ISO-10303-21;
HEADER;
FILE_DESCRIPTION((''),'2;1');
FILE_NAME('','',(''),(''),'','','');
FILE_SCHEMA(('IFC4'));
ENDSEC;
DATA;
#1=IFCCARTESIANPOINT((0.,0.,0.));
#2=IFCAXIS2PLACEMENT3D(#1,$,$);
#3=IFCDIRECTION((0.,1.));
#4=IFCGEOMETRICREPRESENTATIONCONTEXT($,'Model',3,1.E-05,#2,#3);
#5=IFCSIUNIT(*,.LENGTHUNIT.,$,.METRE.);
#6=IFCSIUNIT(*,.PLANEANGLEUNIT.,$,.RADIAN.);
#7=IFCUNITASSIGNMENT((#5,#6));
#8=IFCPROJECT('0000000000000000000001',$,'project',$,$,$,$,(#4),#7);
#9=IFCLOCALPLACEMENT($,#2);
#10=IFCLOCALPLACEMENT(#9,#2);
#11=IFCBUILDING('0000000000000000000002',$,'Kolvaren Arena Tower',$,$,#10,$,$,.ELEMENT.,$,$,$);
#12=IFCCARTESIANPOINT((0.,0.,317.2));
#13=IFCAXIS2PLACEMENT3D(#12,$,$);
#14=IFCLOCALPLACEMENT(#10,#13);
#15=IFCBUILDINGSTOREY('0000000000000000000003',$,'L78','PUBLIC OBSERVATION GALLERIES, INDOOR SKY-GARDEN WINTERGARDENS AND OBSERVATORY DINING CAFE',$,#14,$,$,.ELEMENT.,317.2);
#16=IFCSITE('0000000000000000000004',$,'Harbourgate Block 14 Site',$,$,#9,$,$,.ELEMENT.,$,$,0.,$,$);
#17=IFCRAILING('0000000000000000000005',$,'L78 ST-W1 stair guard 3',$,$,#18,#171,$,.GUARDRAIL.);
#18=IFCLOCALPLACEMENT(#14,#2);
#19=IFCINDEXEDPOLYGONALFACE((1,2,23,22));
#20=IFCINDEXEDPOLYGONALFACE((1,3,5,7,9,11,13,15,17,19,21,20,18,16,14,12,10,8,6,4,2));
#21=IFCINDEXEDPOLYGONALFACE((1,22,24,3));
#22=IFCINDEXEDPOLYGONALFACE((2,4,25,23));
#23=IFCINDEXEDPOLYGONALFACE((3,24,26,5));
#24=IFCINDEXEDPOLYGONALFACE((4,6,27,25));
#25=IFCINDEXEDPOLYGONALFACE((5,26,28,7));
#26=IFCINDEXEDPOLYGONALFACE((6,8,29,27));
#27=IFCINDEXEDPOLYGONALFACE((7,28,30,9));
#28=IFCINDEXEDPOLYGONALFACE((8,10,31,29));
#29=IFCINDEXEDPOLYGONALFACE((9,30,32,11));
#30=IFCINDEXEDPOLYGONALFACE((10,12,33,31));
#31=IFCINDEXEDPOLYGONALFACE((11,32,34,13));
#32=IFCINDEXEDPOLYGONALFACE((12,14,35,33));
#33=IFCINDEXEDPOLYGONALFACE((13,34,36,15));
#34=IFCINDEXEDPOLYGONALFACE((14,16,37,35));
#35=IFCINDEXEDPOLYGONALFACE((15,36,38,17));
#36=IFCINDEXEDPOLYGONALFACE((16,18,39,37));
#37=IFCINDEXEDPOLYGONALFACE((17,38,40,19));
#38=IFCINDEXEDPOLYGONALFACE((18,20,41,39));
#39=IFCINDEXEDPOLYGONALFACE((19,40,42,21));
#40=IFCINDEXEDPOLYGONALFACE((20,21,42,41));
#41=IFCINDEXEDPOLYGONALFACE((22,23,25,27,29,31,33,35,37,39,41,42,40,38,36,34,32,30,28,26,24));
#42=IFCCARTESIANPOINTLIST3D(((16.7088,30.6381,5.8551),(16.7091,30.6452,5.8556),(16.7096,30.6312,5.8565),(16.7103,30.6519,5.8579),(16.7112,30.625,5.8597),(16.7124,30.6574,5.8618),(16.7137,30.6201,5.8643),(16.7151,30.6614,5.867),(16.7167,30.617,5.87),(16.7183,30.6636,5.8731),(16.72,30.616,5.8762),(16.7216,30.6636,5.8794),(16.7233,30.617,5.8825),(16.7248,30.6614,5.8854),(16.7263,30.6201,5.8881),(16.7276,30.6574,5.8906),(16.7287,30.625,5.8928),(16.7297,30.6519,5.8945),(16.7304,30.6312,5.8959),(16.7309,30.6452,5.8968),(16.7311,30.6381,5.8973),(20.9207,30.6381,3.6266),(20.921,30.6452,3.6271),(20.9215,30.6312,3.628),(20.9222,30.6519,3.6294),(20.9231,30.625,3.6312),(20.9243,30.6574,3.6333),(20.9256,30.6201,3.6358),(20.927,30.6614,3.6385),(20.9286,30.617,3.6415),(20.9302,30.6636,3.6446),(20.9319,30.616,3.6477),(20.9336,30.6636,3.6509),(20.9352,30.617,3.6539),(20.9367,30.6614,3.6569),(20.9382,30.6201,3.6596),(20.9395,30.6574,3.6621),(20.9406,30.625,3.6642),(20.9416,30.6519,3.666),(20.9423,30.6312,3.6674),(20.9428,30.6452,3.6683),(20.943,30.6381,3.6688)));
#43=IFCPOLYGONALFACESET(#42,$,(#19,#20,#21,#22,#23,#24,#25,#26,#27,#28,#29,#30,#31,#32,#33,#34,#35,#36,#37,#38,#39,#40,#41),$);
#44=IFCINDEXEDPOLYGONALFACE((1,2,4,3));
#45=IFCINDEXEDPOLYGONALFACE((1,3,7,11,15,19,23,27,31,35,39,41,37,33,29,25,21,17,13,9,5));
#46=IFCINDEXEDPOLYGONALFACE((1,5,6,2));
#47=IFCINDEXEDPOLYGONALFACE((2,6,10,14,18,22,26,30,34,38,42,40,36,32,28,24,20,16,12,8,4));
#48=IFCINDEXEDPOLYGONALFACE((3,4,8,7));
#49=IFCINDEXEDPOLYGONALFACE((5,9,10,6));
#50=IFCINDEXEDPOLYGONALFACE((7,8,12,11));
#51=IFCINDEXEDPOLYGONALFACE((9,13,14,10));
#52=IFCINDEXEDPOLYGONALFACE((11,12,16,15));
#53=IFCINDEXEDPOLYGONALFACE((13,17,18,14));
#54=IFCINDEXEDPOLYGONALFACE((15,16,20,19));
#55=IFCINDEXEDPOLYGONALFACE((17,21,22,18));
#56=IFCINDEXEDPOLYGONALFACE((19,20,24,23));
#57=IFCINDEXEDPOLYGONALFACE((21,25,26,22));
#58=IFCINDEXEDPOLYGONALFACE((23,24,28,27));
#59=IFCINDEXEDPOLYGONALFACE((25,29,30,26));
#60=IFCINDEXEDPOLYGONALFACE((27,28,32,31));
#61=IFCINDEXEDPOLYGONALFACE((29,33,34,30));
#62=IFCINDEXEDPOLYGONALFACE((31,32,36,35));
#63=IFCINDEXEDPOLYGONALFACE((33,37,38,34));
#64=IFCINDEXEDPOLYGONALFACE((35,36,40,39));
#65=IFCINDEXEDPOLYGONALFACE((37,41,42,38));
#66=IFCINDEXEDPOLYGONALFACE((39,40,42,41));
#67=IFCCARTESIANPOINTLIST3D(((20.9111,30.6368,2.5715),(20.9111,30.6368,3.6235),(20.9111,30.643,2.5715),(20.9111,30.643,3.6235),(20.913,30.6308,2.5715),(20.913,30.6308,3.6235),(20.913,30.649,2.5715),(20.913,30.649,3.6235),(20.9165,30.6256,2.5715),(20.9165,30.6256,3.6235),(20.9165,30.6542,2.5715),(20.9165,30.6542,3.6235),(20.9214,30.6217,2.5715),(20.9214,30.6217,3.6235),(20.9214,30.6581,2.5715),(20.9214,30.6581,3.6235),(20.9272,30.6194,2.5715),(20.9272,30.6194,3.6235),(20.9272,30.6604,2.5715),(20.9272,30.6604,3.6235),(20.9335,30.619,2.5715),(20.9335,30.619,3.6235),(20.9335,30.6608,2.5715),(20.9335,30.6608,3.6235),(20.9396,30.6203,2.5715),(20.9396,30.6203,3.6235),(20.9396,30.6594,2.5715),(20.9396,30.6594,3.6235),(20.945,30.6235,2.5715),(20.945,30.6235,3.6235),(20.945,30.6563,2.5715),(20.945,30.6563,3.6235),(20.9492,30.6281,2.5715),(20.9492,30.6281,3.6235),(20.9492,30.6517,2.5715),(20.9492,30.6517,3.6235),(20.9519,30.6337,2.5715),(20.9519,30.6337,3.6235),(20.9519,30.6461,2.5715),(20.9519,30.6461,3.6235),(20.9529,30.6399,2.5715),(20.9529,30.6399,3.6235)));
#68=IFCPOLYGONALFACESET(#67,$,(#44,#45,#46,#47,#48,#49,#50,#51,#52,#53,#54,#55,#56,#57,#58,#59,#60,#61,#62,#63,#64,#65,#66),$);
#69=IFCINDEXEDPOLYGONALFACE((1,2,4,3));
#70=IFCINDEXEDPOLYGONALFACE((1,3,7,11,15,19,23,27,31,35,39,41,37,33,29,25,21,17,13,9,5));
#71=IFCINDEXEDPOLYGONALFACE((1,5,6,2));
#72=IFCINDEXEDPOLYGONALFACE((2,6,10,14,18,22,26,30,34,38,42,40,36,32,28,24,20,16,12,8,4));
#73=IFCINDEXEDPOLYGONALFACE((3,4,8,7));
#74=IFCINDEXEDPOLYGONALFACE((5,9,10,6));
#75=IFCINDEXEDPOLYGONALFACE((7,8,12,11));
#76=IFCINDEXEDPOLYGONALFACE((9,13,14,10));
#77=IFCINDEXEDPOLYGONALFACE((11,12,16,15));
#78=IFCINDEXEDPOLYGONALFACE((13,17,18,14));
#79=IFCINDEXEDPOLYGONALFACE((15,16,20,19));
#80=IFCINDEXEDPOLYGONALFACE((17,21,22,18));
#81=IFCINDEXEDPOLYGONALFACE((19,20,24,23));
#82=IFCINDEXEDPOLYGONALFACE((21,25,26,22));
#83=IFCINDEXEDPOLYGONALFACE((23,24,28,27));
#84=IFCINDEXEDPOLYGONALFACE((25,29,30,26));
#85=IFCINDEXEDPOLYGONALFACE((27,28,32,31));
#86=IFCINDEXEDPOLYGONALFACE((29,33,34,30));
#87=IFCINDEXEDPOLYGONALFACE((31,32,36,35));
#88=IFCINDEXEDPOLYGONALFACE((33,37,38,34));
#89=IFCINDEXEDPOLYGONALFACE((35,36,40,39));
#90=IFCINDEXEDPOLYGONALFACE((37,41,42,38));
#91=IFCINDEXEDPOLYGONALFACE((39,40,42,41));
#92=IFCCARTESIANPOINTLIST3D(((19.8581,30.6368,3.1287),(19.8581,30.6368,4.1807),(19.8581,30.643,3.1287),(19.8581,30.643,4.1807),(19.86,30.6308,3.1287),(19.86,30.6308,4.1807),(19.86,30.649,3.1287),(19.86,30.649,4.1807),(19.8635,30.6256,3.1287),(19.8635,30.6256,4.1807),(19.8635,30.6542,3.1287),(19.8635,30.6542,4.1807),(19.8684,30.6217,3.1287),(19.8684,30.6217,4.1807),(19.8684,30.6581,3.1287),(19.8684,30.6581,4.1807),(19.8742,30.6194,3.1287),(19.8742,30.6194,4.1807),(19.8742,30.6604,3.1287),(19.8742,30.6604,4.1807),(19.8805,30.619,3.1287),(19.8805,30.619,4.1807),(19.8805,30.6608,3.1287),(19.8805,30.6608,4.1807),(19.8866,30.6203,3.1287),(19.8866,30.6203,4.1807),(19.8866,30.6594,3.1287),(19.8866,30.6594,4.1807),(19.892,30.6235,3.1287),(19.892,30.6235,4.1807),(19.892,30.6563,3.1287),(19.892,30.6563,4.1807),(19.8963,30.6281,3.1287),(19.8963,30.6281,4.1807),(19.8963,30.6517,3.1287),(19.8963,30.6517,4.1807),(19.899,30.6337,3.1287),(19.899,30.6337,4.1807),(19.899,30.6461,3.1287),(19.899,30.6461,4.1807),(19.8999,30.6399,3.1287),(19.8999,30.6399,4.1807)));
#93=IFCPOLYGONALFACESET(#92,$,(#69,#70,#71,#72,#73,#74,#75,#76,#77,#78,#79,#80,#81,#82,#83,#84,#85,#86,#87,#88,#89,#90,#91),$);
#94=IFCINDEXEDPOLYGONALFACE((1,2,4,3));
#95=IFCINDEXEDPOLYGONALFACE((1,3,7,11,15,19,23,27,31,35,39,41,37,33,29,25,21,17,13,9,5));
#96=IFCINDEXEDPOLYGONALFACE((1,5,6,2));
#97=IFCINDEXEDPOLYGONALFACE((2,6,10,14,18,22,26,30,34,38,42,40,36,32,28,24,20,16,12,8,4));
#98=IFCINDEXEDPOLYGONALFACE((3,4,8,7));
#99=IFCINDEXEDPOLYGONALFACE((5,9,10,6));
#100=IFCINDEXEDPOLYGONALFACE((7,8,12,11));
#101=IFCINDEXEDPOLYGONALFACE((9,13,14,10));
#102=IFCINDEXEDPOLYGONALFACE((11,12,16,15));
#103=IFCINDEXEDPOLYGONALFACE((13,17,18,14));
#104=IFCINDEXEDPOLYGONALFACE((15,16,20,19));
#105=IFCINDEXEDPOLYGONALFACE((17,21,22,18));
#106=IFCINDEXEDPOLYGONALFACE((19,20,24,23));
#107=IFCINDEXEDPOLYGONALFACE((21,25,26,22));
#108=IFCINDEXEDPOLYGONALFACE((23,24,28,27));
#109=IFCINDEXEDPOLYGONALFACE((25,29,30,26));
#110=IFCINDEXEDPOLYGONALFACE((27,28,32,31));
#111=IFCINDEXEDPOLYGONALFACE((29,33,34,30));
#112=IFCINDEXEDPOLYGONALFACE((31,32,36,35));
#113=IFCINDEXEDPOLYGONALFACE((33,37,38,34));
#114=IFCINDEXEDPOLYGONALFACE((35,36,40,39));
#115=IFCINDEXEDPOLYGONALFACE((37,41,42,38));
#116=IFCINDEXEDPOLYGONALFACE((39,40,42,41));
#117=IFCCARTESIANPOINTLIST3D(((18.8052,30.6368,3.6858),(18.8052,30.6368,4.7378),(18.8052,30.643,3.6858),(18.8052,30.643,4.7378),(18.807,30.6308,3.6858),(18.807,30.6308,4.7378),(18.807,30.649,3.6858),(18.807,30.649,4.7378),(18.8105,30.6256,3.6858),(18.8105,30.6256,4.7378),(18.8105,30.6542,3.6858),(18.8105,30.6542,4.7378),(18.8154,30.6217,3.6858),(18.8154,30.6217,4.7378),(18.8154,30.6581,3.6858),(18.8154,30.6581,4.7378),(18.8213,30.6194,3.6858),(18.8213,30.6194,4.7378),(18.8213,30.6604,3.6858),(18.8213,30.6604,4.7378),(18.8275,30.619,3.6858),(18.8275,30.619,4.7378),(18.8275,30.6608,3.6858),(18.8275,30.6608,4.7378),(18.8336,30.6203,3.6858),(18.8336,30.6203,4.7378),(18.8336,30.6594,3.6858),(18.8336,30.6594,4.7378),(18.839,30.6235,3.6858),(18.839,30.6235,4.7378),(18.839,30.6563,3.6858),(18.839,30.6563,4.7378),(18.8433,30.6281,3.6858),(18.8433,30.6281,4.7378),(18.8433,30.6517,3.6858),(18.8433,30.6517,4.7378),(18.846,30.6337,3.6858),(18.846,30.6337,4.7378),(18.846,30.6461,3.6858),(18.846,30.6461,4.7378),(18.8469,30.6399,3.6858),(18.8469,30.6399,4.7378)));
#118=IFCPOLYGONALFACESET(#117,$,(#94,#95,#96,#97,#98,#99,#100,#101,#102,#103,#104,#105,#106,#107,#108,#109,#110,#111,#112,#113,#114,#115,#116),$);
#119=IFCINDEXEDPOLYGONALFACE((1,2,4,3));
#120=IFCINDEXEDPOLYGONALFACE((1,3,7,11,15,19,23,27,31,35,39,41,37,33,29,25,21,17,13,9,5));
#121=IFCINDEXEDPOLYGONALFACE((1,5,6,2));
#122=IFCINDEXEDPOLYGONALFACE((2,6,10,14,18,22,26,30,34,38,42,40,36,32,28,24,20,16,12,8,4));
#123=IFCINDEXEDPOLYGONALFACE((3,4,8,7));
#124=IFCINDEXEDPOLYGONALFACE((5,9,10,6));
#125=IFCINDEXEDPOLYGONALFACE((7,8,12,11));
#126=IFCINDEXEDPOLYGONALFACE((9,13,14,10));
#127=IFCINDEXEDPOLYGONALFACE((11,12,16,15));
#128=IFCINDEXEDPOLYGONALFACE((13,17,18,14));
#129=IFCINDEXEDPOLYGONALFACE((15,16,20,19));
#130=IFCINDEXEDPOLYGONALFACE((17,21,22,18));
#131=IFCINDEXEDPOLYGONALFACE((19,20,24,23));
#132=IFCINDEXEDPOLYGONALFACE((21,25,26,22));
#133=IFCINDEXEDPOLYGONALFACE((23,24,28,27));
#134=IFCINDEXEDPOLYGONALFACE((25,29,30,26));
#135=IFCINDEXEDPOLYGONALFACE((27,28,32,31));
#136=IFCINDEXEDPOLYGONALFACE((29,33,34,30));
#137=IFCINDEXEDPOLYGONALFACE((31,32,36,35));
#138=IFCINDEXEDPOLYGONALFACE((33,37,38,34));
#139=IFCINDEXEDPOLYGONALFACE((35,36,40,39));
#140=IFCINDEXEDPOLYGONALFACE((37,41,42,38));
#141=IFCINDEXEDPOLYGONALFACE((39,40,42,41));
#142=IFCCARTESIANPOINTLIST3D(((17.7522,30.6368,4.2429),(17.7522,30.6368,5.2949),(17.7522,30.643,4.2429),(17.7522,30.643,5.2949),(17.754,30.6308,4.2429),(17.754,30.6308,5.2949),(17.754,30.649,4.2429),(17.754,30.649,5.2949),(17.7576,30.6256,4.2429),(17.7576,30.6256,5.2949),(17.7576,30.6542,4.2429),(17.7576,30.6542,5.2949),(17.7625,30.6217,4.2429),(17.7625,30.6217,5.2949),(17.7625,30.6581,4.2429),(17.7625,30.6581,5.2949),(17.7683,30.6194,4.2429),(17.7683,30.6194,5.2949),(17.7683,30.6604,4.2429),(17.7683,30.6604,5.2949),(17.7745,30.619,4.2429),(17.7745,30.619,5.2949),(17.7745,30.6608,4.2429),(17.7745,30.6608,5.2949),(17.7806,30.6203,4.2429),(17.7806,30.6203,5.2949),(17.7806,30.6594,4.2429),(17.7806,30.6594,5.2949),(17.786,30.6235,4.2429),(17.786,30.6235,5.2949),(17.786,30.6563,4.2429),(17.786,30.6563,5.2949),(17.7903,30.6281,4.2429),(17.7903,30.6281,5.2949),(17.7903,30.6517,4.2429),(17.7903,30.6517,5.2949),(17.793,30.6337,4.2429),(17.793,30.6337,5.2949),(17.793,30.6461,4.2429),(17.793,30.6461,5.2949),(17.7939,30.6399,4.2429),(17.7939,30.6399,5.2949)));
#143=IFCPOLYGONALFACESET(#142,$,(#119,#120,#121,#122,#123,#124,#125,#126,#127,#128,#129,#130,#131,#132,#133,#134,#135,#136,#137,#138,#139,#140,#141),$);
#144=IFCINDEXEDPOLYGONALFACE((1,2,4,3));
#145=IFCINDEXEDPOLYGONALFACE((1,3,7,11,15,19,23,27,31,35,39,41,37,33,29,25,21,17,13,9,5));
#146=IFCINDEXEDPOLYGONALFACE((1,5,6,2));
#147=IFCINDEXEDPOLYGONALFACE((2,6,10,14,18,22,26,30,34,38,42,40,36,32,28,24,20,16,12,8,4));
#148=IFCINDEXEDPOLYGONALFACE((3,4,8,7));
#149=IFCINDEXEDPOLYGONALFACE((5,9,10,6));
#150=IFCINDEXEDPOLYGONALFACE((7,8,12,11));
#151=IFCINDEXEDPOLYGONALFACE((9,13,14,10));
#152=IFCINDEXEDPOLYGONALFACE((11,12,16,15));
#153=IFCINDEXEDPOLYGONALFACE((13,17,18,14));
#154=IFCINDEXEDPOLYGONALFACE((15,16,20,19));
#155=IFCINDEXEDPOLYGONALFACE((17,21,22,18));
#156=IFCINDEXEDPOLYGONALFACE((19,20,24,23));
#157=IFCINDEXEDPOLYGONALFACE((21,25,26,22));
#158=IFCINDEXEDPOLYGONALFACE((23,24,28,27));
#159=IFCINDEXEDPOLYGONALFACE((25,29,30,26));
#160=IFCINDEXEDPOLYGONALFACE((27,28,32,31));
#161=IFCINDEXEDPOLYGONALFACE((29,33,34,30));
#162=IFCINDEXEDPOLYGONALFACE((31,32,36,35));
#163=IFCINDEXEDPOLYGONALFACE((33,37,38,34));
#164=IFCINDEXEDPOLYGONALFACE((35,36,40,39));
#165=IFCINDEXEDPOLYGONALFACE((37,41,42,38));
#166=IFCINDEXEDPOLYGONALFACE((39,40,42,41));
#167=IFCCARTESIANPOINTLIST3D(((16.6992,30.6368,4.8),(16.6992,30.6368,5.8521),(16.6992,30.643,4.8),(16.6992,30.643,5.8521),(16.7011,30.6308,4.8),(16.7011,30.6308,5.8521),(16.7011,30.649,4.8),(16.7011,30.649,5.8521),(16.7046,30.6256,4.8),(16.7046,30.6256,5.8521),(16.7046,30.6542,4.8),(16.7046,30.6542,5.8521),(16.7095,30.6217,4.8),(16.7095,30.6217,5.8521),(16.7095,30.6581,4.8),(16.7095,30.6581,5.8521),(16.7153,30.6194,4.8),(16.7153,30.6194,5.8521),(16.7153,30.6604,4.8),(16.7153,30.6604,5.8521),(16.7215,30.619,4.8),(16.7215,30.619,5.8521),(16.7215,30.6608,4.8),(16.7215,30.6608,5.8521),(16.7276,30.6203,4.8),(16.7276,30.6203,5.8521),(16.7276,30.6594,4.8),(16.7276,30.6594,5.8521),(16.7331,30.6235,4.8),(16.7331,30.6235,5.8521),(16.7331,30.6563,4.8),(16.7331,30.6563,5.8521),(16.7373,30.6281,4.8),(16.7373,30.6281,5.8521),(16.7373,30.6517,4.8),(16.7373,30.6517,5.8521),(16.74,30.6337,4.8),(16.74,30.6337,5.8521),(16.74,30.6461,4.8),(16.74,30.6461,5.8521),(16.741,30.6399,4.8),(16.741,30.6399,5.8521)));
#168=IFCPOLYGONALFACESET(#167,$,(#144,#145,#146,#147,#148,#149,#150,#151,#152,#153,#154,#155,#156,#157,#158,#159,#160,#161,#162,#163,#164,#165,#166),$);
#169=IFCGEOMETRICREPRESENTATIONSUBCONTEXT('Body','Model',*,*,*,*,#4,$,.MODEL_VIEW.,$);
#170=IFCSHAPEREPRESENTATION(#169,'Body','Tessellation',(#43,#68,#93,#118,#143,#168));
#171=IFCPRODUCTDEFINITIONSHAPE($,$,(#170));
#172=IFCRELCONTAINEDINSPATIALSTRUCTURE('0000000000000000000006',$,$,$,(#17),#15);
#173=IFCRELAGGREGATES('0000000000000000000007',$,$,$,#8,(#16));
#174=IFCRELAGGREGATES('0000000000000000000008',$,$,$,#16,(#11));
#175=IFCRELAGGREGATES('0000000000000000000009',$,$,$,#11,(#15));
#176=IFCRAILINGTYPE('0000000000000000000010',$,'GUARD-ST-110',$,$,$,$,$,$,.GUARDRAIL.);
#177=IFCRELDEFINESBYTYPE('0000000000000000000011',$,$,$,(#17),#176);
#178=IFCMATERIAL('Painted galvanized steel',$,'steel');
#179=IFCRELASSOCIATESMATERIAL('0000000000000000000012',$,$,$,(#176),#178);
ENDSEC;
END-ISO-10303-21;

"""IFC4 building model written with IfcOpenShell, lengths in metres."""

from ifc_helpers import new_model, si_unit, direction, frame, origin, origin_2d, place, context, subcontext, project, spatial, circle, extrude, material, type_object, element, save


model = new_model("IFC4")

# Units and contexts
model_context = context("Model", 3, precision=1e-05, world=origin(), true_north=direction((0.0, 1.0)))
body_context = subcontext(model_context, "Body", "Model", "MODEL_VIEW")
ifc_project = project(units=[si_unit("LENGTHUNIT", "METRE"), si_unit("PLANEANGLEUNIT", "RADIAN")], contexts=[model_context])

# Site, building, storey
site_placement = place(None, origin())
site = spatial("IfcSite", under=ifc_project, at=site_placement, Name="Harbourgate Block 14 Site", CompositionType="ELEMENT", RefElevation=0.0)
building_placement = place(site_placement, origin())
building = spatial("IfcBuilding", under=site, at=building_placement, Name="Kolvaren Arena Tower", CompositionType="ELEMENT")
storey_placement = place(building_placement, frame((0.0, 0.0, 317.2)))
storey = spatial("IfcBuildingStorey", under=building, at=storey_placement, Name="L78", Description="PUBLIC OBSERVATION GALLERIES, INDOOR SKY-GARDEN WINTERGARDENS AND OBSERVATORY DINING CAFE", CompositionType="ELEMENT", Elevation=317.2)

# Railing
ifc_material_1 = material(Name="Painted galvanized steel", Category="steel")
railing_type_1 = type_object("IfcRailingType", Name="GUARD-ST-110", PredefinedType="GUARDRAIL", material=ifc_material_1)
railing_1_placement = place(storey_placement, frame((20.9319, 30.6399, 2.5715)))
element("IfcRailing", 1, at=railing_1_placement, inside=storey, type_object=railing_type_1, Name="L78 ST-W1 stair guard 3", PredefinedType="GUARDRAIL", context=body_context, shape_type="SweptSolid", body=[
    extrude(circle(Radius=0.0239, at=origin_2d()), frame((0.0, 0.0, 1.0762), z_axis=(-0.883903, 0.0, 0.467671), x_axis=(0.0, -1.0, 0.0)), (0.0, 0.0, 1.0), 4.7651),
    extrude(circle(Radius=0.021, at=origin_2d()), origin(), (0.0, 0.0, 1.0), 1.052),
    extrude(circle(Radius=0.021, at=origin_2d()), frame((-1.053, 0.0, 0.5571)), (0.0, 0.0, 1.0), 1.052),
    extrude(circle(Radius=0.021, at=origin_2d()), frame((-2.106, 0.0, 1.1143)), (0.0, 0.0, 1.0), 1.052),
    extrude(circle(Radius=0.021, at=origin_2d()), frame((-3.1589, 0.0, 1.6714)), (0.0, 0.0, 1.0), 1.052),
    extrude(circle(Radius=0.021, at=origin_2d()), frame((-4.2119, 0.0, 2.2285)), (0.0, 0.0, 1.0), 1.052),
])

save(model, "model.ifc")
